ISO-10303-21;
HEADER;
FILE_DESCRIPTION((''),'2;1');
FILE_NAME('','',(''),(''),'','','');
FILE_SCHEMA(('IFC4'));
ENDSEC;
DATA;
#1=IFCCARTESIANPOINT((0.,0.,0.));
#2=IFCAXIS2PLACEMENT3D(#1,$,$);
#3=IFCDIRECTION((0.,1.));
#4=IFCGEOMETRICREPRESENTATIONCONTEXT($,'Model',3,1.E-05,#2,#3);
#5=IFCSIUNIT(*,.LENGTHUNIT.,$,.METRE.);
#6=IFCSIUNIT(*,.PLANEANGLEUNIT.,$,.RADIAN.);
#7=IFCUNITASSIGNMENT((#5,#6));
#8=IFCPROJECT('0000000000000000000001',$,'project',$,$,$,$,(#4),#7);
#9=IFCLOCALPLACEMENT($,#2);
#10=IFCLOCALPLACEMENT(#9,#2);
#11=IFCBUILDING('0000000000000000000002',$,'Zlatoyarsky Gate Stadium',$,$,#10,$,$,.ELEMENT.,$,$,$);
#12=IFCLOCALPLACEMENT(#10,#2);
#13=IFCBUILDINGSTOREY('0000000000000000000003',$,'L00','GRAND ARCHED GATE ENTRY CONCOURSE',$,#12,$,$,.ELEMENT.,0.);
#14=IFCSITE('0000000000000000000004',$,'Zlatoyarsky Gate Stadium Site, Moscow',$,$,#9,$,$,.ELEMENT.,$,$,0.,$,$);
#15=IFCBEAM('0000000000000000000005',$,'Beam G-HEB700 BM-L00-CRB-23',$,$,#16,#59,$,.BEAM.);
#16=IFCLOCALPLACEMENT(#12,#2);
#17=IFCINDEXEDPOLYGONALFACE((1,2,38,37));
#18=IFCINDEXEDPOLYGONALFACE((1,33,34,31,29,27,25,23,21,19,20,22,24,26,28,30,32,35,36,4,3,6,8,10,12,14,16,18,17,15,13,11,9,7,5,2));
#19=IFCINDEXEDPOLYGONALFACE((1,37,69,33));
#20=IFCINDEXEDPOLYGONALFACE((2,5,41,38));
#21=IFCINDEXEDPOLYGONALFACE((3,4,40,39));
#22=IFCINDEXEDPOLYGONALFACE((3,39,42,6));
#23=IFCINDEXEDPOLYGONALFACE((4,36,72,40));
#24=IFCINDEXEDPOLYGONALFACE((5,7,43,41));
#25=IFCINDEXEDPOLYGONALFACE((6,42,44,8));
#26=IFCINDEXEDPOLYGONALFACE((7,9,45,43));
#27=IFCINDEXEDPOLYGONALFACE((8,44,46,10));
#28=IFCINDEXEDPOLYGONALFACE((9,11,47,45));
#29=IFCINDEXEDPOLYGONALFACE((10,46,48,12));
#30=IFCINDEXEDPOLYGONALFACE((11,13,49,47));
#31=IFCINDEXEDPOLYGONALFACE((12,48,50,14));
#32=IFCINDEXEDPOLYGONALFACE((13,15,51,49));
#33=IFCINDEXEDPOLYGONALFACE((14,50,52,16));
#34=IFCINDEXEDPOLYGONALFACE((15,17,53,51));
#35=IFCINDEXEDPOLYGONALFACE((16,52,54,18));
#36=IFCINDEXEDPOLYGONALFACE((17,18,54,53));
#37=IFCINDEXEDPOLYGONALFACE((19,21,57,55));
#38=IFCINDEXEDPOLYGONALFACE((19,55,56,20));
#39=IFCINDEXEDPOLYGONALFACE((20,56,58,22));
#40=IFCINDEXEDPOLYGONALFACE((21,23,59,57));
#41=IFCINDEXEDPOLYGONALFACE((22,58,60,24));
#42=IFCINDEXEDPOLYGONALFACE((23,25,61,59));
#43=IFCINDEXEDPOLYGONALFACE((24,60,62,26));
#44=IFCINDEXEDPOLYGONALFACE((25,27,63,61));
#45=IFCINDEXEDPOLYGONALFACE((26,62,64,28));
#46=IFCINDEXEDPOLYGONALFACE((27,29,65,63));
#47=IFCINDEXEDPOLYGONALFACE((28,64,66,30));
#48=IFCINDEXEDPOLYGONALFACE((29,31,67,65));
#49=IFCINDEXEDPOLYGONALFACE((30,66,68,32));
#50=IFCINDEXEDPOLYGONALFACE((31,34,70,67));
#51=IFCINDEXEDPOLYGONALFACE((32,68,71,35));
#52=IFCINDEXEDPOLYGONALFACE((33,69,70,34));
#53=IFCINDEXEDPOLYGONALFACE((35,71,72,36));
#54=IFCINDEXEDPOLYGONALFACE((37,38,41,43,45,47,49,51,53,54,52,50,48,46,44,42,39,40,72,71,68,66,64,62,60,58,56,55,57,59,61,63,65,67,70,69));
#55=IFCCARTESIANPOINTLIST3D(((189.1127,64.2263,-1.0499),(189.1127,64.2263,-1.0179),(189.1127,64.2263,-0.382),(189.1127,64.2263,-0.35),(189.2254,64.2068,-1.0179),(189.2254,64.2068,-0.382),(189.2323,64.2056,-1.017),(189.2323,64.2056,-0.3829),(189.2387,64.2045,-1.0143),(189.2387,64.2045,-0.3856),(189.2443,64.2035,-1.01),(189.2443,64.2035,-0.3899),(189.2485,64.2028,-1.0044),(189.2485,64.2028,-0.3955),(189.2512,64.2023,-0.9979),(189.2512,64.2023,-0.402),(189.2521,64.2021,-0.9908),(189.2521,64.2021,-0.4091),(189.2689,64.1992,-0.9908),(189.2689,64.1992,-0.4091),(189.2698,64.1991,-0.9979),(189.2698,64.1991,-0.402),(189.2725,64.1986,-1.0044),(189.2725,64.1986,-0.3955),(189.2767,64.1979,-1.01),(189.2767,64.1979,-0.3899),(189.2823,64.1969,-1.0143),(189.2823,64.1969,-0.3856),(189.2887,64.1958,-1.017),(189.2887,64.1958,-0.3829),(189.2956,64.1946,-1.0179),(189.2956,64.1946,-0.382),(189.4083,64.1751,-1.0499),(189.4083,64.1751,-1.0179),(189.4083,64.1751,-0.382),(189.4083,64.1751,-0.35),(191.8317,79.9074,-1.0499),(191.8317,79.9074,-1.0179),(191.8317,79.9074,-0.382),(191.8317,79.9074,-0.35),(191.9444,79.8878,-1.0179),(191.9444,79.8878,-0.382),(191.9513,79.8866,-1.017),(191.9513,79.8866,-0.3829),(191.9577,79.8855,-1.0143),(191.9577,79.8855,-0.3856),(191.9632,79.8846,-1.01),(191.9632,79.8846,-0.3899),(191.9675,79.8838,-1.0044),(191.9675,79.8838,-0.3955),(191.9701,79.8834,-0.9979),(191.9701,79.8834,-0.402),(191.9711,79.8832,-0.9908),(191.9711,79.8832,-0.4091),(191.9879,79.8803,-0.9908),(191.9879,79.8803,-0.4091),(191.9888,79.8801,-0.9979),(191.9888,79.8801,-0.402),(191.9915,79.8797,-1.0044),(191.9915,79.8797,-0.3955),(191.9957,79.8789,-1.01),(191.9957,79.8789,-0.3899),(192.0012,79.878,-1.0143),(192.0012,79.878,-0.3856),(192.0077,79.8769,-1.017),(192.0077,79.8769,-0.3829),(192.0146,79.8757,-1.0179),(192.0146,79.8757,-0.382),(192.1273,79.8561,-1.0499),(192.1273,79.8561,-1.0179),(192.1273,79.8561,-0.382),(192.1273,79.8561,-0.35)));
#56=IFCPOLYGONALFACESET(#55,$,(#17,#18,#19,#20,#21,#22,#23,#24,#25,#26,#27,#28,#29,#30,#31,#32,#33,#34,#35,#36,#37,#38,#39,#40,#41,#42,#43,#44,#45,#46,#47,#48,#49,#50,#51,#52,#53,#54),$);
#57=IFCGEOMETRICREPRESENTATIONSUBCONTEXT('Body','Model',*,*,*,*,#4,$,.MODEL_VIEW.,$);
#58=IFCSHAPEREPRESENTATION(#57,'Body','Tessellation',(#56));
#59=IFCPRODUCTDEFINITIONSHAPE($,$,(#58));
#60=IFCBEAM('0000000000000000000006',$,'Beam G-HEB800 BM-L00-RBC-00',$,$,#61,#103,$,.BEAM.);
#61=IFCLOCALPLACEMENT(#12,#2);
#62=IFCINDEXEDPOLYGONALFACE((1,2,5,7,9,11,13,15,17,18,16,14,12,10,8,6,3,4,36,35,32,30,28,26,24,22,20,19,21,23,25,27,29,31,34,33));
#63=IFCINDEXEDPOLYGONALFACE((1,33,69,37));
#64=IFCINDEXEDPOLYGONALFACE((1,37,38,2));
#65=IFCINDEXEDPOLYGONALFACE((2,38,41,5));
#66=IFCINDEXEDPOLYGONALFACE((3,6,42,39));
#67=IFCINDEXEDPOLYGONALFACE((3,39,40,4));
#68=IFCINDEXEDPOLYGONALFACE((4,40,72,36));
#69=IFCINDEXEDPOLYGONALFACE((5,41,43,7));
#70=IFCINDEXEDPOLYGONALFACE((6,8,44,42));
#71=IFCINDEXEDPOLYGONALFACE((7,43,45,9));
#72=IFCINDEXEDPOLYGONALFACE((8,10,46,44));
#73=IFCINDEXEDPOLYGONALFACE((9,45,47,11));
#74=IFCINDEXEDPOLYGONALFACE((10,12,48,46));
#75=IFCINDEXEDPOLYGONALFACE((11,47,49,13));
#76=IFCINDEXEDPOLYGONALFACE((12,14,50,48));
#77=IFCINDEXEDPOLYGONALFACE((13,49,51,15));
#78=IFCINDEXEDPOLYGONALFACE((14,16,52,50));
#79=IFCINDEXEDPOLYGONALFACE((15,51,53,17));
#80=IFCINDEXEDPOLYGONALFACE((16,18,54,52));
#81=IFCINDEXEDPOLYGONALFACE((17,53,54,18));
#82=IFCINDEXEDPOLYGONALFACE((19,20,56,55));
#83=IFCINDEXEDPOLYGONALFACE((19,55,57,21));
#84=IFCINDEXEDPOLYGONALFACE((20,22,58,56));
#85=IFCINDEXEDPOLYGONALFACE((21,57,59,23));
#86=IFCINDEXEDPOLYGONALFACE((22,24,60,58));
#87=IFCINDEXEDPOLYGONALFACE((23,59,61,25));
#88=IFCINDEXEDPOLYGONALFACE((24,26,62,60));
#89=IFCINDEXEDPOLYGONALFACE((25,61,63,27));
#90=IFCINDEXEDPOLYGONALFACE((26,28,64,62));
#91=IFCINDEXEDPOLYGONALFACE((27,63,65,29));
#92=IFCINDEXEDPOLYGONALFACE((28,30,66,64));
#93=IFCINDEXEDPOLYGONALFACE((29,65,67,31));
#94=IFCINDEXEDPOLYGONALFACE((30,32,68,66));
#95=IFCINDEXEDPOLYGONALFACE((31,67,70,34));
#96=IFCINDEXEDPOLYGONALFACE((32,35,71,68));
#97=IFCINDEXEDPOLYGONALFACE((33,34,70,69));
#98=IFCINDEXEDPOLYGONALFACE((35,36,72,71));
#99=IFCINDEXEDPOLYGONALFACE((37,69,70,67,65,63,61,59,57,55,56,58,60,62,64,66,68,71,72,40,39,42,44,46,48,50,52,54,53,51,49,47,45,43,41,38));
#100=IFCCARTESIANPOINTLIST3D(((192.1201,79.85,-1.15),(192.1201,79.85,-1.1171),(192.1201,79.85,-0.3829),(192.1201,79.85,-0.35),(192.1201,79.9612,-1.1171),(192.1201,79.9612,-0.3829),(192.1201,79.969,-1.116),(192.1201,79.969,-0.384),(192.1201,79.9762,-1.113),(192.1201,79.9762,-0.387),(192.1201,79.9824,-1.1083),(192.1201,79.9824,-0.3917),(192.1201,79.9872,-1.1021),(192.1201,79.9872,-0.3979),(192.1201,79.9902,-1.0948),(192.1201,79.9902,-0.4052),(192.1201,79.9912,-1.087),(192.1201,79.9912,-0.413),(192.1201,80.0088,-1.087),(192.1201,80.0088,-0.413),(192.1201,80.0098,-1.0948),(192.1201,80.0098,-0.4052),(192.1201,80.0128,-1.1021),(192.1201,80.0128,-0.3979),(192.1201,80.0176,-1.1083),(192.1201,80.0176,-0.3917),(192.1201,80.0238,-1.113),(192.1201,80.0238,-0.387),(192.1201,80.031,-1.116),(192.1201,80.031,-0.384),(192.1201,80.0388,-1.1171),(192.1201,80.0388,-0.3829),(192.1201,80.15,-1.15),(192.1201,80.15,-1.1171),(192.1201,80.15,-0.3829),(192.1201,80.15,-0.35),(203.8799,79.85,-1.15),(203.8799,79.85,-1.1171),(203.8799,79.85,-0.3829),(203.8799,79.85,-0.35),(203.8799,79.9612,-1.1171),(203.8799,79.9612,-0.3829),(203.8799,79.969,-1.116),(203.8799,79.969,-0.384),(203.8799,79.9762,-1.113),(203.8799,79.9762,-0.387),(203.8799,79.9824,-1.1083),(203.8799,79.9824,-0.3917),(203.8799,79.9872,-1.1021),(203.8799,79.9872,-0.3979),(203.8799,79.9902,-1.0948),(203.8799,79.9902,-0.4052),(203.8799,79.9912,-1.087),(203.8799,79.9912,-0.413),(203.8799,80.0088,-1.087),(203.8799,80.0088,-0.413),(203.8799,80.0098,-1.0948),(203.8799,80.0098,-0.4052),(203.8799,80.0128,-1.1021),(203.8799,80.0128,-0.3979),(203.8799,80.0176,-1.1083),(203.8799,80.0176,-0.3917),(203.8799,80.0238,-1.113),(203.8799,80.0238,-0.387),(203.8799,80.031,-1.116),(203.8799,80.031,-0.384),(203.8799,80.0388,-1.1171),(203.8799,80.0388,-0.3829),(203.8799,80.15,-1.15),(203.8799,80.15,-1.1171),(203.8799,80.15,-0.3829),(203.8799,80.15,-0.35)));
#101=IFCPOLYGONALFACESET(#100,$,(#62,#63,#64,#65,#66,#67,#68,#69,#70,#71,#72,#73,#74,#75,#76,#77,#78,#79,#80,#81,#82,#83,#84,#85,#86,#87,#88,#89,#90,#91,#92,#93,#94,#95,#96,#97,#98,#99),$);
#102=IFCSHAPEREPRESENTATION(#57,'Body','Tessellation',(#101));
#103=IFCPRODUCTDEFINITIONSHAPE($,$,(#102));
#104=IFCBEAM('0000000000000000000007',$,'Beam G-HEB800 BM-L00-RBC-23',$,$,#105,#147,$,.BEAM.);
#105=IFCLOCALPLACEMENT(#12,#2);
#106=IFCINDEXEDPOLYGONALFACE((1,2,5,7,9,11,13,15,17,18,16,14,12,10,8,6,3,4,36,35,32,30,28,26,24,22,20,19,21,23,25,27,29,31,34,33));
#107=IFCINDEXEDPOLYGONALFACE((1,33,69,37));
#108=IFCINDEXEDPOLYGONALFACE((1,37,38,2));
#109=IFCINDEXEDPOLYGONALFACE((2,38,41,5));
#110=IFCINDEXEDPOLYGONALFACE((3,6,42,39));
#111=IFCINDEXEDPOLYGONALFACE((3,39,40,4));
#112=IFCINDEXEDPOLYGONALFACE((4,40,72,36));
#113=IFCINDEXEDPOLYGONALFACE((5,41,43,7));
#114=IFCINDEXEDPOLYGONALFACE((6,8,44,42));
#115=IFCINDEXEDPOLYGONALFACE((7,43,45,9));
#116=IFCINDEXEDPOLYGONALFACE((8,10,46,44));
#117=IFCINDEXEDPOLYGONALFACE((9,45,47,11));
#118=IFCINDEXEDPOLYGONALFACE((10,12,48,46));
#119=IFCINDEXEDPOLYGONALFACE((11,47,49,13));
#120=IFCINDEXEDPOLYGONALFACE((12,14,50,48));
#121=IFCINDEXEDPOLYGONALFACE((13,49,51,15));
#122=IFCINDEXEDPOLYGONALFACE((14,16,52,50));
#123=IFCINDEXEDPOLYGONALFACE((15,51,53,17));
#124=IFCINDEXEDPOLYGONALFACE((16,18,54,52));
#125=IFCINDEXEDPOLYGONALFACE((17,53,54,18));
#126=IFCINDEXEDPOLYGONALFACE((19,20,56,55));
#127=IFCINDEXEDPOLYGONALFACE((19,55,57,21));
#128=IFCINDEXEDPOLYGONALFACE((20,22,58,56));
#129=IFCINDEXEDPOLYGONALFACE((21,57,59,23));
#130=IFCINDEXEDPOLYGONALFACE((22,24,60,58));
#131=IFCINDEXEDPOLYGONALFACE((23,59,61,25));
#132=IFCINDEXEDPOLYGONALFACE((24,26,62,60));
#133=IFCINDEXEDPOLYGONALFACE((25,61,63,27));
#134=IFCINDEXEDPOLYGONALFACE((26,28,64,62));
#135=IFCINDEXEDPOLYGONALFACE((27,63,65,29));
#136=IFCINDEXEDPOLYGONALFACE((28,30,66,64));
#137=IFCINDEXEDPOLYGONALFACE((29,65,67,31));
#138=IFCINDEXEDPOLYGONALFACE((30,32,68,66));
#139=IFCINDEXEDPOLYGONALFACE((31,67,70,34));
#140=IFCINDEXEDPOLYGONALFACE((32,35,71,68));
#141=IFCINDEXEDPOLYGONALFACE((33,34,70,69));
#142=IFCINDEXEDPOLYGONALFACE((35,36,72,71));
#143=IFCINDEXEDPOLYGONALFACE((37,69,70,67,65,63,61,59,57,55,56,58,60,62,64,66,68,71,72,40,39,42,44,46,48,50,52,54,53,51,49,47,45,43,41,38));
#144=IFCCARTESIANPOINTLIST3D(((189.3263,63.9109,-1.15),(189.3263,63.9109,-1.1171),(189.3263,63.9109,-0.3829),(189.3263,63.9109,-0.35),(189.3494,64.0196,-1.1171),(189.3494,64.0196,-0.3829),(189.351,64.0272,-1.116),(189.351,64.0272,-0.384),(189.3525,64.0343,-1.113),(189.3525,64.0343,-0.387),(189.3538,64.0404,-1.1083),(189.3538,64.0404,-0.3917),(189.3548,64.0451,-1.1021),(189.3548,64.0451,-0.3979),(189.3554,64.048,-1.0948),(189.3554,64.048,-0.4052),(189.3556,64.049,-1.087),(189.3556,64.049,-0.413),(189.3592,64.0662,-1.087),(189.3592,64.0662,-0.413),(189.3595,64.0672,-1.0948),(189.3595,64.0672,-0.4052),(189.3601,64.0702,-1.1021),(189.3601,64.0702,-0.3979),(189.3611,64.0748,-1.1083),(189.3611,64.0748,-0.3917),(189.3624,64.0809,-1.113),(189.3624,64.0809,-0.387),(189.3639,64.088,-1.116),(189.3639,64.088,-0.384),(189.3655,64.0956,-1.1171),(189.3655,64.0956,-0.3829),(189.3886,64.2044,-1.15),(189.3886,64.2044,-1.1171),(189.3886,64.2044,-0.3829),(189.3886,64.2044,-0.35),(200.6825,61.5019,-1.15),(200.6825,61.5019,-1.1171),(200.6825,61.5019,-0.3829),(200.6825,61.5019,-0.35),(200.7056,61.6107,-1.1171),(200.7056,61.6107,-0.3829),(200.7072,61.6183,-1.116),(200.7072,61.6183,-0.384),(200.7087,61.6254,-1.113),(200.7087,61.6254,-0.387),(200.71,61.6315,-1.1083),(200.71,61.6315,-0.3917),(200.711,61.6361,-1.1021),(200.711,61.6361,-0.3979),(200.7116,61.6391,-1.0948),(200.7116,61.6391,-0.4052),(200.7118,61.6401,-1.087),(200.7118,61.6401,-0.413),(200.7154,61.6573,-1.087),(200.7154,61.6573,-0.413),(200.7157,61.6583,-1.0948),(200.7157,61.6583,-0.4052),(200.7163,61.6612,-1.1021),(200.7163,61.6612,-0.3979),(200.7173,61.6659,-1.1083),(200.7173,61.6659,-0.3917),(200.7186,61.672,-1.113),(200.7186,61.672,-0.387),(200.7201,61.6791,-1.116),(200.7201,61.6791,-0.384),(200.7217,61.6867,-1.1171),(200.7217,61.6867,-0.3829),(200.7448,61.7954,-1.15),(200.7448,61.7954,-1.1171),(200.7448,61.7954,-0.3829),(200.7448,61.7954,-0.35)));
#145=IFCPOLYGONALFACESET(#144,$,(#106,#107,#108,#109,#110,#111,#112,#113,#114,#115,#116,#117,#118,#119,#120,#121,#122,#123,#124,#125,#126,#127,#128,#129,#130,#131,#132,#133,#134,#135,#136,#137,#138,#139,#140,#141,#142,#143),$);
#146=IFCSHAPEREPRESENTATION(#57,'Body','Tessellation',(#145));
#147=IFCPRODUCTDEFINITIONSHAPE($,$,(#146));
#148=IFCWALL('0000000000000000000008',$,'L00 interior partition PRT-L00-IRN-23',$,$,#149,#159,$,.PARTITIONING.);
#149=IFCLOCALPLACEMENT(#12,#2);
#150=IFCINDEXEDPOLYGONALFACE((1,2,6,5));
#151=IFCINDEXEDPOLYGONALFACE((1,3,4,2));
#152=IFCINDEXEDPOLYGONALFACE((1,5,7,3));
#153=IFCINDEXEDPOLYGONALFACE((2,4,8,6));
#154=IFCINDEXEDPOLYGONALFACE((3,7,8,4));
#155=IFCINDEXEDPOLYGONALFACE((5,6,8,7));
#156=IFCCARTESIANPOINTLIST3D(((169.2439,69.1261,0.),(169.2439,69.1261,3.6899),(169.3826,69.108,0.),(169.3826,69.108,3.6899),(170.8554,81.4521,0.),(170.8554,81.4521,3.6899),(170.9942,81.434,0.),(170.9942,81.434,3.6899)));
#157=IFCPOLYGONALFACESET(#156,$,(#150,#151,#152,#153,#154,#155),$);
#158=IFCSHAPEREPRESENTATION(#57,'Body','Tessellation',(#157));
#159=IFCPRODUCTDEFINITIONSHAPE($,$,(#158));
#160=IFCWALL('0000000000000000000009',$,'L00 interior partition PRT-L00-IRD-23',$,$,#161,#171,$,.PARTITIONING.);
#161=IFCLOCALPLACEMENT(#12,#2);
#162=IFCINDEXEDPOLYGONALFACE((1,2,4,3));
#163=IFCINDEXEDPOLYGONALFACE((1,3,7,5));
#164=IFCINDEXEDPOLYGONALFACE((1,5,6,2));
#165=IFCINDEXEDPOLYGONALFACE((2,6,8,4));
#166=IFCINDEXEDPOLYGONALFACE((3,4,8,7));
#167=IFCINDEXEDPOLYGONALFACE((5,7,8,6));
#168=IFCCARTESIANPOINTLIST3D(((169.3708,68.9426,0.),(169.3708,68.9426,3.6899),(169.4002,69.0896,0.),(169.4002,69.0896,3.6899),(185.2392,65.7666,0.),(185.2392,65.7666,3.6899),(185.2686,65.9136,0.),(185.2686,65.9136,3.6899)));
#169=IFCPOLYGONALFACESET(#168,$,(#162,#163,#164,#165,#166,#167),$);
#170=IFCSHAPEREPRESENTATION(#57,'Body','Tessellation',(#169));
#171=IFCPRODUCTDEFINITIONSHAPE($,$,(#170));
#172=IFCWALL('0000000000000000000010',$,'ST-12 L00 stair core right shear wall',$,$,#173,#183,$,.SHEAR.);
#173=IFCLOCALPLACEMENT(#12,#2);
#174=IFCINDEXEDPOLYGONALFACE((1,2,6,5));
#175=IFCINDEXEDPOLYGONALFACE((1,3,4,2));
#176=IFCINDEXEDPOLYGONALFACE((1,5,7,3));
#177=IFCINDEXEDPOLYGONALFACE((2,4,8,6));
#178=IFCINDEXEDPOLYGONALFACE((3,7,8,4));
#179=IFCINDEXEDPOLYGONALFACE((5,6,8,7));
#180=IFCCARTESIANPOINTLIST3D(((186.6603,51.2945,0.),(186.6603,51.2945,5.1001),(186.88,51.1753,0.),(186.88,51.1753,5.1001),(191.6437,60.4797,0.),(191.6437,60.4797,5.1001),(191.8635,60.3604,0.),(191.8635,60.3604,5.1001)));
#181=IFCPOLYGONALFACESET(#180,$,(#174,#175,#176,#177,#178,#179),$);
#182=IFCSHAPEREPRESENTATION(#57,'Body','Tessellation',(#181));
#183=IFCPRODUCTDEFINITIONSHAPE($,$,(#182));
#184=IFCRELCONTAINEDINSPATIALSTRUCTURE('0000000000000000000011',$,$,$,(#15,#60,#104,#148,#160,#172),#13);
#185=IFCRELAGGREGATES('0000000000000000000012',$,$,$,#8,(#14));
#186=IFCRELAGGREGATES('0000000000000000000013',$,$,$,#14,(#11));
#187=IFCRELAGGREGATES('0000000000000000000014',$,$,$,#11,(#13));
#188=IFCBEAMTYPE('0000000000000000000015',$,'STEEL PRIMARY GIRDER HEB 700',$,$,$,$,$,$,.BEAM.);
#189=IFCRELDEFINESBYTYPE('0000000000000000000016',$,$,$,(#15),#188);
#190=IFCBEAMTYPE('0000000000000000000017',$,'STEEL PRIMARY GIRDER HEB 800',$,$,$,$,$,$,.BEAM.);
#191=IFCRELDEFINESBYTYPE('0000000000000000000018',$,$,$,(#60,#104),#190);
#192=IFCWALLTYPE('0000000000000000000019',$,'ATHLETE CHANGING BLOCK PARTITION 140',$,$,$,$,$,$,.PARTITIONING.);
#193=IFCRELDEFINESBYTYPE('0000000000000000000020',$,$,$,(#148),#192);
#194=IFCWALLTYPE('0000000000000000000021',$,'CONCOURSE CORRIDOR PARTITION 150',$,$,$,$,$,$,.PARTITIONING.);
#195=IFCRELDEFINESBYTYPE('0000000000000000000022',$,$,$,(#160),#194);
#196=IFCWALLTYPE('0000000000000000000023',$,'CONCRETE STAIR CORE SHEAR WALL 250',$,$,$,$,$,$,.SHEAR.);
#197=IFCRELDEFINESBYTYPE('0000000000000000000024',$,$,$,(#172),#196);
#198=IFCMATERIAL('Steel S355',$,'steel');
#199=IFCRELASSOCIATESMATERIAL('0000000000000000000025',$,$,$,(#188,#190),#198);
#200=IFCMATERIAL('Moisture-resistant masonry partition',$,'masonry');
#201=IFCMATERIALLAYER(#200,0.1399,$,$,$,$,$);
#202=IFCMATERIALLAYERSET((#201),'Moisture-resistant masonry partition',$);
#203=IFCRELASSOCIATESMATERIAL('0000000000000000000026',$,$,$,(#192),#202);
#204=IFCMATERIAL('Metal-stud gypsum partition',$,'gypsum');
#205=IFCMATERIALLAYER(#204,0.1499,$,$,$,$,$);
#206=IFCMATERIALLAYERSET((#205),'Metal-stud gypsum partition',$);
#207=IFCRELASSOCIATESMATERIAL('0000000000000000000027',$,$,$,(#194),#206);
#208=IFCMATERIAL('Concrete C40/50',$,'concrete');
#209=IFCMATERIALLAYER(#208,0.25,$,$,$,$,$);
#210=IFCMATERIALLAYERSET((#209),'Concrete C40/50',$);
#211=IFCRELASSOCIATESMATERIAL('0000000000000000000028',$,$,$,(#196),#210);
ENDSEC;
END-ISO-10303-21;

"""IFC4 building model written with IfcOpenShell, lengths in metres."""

from ifc_helpers import new_model, si_unit, direction, frame, frame_2d, origin, origin_2d, place, context, subcontext, project, spatial, rectangle, i_section, extrude, material, layer, layer_set, material_profile, profile_set, type_object, element, save


model = new_model("IFC4")

# Units and contexts
model_context = context("Model", 3, precision=1e-05, world=origin(), true_north=direction((0.0, 1.0)))
body_context = subcontext(model_context, "Body", "Model", "MODEL_VIEW")
ifc_project = project(units=[si_unit("LENGTHUNIT", "METRE"), si_unit("PLANEANGLEUNIT", "RADIAN")], contexts=[model_context])

# Site, building, storey
site_placement = place(None, origin())
site = spatial("IfcSite", under=ifc_project, at=site_placement, Name="Zlatoyarsky Gate Stadium Site, Moscow", CompositionType="ELEMENT", RefElevation=0.0)
building_placement = place(site_placement, origin())
building = spatial("IfcBuilding", under=site, at=building_placement, Name="Zlatoyarsky Gate Stadium", CompositionType="ELEMENT")
storey_placement = place(building_placement, origin())
storey = spatial("IfcBuildingStorey", under=building, at=storey_placement, Name="L00", Description="GRAND ARCHED GATE ENTRY CONCOURSE", CompositionType="ELEMENT", Elevation=0.0)

# Shared definitions
ifc_material_1 = material(Name="Concrete C40/50", Category="concrete")

# Beams
ifc_material_2 = material(Name="Steel S355", Category="steel")
ifc_material_profile_1 = material_profile(ifc_material_2, i_section(OverallWidth=0.3, OverallDepth=0.7, WebThickness=0.0171, FlangeThickness=0.032, FilletRadius=0.0271, at=origin_2d()), Name="HEB 700")
ifc_profile_set_1 = profile_set([ifc_material_profile_1], Name="Steel S355")
beam_type_1 = type_object("IfcBeamType", Name="STEEL PRIMARY GIRDER HEB 700", PredefinedType="BEAM", material=ifc_profile_set_1)
beam_1_placement = place(storey_placement, frame((189.2605, 64.2007, -0.7), z_axis=(0.170843, 0.985298, 0.0), x_axis=(-0.985298, 0.170843, 0.0)))
element("IfcBeam", 1, at=beam_1_placement, inside=storey, type_object=beam_type_1, Name="Beam G-HEB700 BM-L00-CRB-23", PredefinedType="BEAM", context=body_context, shape_type="SweptSolid", body=[
    extrude(i_section(OverallWidth=0.3, OverallDepth=0.7, WebThickness=0.0171, FlangeThickness=0.032, FilletRadius=0.0271, at=origin_2d()), origin(), (0.0, 0.0, 1.0), 15.915),
])
ifc_material_profile_2 = material_profile(ifc_material_2, i_section(OverallWidth=0.3, OverallDepth=0.8, WebThickness=0.0176, FlangeThickness=0.033, FilletRadius=0.03, at=origin_2d()), Name="HEB 800")
ifc_profile_set_2 = profile_set([ifc_material_profile_2], Name="Steel S355")
beam_type_2 = type_object("IfcBeamType", Name="STEEL PRIMARY GIRDER HEB 800", PredefinedType="BEAM", material=ifc_profile_set_2)
beam_2_placement = place(storey_placement, frame((192.1201, 80.0, -0.75), z_axis=(1.0, 0.0, 0.0), x_axis=(0.0, 1.0, 0.0)))
element("IfcBeam", 2, at=beam_2_placement, inside=storey, type_object=beam_type_2, Name="Beam G-HEB800 BM-L00-RBC-00", PredefinedType="BEAM", context=body_context, shape_type="SweptSolid", body=[
    extrude(i_section(OverallWidth=0.3, OverallDepth=0.8, WebThickness=0.0176, FlangeThickness=0.033, FilletRadius=0.03, at=origin_2d()), origin(), (0.0, 0.0, 1.0), 11.7598),
])
beam_3_placement = place(storey_placement, frame((189.3574, 64.0576, -0.75), z_axis=(0.978233, -0.207508, 0.0), x_axis=(0.207508, 0.978233, 0.0)))
element("IfcBeam", 3, at=beam_3_placement, inside=storey, type_object=beam_type_2, Name="Beam G-HEB800 BM-L00-RBC-23", PredefinedType="BEAM", context=body_context, shape_type="SweptSolid", body=[
    extrude(i_section(OverallWidth=0.3, OverallDepth=0.8, WebThickness=0.0176, FlangeThickness=0.033, FilletRadius=0.03, at=origin_2d()), origin(), (0.0, 0.0, 1.0), 11.6089),
])

# Walls
ifc_material_3 = material(Name="Moisture-resistant masonry partition", Category="masonry")
ifc_layer_1 = layer(ifc_material_3, 0.1399)
ifc_layer_set_1 = layer_set([ifc_layer_1], Name="Moisture-resistant masonry partition")
wall_type_1 = type_object("IfcWallType", Name="ATHLETE CHANGING BLOCK PARTITION 140", PredefinedType="PARTITIONING", material=ifc_layer_set_1)
wall_1_placement = place(storey_placement, frame((169.3132, 69.1172, 0.0), z_axis=(0.0, 0.0, 1.0), x_axis=(0.129643, 0.991561, 0.0)))
element("IfcWall", 4, at=wall_1_placement, inside=storey, type_object=wall_type_1, Name="L00 interior partition PRT-L00-IRN-23", PredefinedType="PARTITIONING", context=body_context, shape_type="SweptSolid", body=[
    extrude(rectangle(XDim=12.4309, YDim=0.1399, at=frame_2d((6.2153, 0.0))), origin(), (0.0, 0.0, 1.0), 3.6899),
])
ifc_material_4 = material(Name="Metal-stud gypsum partition", Category="gypsum")
ifc_layer_2 = layer(ifc_material_4, 0.1499)
ifc_layer_set_2 = layer_set([ifc_layer_2], Name="Metal-stud gypsum partition")
wall_type_2 = type_object("IfcWallType", Name="CONCOURSE CORRIDOR PARTITION 150", PredefinedType="PARTITIONING", material=ifc_layer_set_2)
wall_2_placement = place(storey_placement, frame((169.3855, 69.0161, 0.0), z_axis=(0.0, 0.0, 1.0), x_axis=(0.980553, -0.196255, 0.0)))
element("IfcWall", 5, at=wall_2_placement, inside=storey, type_object=wall_type_2, Name="L00 interior partition PRT-L00-IRD-23", PredefinedType="PARTITIONING", context=body_context, shape_type="SweptSolid", body=[
    extrude(rectangle(XDim=16.1831, YDim=0.1499, at=frame_2d((8.0916, 0.0))), origin(), (0.0, 0.0, 1.0), 3.6899),
])
ifc_layer_3 = layer(ifc_material_1, 0.25)
ifc_layer_set_3 = layer_set([ifc_layer_3], Name="Concrete C40/50")
wall_type_3 = type_object("IfcWallType", Name="CONCRETE STAIR CORE SHEAR WALL 250", PredefinedType="SHEAR", material=ifc_layer_set_3)
wall_3_placement = place(storey_placement, frame((191.7537, 60.4202, 0.0), z_axis=(0.0, 0.0, 1.0), x_axis=(-0.476887, -0.878965, 0.0)))
element("IfcWall", 6, at=wall_3_placement, inside=storey, type_object=wall_type_3, Name="ST-12 L00 stair core right shear wall", PredefinedType="SHEAR", context=body_context, shape_type="SweptSolid", body=[
    extrude(rectangle(XDim=10.45, YDim=0.25, at=frame_2d((5.2251, 0.0))), origin(), (0.0, 0.0, 1.0), 5.1001),
])

save(model, "model.ifc")
